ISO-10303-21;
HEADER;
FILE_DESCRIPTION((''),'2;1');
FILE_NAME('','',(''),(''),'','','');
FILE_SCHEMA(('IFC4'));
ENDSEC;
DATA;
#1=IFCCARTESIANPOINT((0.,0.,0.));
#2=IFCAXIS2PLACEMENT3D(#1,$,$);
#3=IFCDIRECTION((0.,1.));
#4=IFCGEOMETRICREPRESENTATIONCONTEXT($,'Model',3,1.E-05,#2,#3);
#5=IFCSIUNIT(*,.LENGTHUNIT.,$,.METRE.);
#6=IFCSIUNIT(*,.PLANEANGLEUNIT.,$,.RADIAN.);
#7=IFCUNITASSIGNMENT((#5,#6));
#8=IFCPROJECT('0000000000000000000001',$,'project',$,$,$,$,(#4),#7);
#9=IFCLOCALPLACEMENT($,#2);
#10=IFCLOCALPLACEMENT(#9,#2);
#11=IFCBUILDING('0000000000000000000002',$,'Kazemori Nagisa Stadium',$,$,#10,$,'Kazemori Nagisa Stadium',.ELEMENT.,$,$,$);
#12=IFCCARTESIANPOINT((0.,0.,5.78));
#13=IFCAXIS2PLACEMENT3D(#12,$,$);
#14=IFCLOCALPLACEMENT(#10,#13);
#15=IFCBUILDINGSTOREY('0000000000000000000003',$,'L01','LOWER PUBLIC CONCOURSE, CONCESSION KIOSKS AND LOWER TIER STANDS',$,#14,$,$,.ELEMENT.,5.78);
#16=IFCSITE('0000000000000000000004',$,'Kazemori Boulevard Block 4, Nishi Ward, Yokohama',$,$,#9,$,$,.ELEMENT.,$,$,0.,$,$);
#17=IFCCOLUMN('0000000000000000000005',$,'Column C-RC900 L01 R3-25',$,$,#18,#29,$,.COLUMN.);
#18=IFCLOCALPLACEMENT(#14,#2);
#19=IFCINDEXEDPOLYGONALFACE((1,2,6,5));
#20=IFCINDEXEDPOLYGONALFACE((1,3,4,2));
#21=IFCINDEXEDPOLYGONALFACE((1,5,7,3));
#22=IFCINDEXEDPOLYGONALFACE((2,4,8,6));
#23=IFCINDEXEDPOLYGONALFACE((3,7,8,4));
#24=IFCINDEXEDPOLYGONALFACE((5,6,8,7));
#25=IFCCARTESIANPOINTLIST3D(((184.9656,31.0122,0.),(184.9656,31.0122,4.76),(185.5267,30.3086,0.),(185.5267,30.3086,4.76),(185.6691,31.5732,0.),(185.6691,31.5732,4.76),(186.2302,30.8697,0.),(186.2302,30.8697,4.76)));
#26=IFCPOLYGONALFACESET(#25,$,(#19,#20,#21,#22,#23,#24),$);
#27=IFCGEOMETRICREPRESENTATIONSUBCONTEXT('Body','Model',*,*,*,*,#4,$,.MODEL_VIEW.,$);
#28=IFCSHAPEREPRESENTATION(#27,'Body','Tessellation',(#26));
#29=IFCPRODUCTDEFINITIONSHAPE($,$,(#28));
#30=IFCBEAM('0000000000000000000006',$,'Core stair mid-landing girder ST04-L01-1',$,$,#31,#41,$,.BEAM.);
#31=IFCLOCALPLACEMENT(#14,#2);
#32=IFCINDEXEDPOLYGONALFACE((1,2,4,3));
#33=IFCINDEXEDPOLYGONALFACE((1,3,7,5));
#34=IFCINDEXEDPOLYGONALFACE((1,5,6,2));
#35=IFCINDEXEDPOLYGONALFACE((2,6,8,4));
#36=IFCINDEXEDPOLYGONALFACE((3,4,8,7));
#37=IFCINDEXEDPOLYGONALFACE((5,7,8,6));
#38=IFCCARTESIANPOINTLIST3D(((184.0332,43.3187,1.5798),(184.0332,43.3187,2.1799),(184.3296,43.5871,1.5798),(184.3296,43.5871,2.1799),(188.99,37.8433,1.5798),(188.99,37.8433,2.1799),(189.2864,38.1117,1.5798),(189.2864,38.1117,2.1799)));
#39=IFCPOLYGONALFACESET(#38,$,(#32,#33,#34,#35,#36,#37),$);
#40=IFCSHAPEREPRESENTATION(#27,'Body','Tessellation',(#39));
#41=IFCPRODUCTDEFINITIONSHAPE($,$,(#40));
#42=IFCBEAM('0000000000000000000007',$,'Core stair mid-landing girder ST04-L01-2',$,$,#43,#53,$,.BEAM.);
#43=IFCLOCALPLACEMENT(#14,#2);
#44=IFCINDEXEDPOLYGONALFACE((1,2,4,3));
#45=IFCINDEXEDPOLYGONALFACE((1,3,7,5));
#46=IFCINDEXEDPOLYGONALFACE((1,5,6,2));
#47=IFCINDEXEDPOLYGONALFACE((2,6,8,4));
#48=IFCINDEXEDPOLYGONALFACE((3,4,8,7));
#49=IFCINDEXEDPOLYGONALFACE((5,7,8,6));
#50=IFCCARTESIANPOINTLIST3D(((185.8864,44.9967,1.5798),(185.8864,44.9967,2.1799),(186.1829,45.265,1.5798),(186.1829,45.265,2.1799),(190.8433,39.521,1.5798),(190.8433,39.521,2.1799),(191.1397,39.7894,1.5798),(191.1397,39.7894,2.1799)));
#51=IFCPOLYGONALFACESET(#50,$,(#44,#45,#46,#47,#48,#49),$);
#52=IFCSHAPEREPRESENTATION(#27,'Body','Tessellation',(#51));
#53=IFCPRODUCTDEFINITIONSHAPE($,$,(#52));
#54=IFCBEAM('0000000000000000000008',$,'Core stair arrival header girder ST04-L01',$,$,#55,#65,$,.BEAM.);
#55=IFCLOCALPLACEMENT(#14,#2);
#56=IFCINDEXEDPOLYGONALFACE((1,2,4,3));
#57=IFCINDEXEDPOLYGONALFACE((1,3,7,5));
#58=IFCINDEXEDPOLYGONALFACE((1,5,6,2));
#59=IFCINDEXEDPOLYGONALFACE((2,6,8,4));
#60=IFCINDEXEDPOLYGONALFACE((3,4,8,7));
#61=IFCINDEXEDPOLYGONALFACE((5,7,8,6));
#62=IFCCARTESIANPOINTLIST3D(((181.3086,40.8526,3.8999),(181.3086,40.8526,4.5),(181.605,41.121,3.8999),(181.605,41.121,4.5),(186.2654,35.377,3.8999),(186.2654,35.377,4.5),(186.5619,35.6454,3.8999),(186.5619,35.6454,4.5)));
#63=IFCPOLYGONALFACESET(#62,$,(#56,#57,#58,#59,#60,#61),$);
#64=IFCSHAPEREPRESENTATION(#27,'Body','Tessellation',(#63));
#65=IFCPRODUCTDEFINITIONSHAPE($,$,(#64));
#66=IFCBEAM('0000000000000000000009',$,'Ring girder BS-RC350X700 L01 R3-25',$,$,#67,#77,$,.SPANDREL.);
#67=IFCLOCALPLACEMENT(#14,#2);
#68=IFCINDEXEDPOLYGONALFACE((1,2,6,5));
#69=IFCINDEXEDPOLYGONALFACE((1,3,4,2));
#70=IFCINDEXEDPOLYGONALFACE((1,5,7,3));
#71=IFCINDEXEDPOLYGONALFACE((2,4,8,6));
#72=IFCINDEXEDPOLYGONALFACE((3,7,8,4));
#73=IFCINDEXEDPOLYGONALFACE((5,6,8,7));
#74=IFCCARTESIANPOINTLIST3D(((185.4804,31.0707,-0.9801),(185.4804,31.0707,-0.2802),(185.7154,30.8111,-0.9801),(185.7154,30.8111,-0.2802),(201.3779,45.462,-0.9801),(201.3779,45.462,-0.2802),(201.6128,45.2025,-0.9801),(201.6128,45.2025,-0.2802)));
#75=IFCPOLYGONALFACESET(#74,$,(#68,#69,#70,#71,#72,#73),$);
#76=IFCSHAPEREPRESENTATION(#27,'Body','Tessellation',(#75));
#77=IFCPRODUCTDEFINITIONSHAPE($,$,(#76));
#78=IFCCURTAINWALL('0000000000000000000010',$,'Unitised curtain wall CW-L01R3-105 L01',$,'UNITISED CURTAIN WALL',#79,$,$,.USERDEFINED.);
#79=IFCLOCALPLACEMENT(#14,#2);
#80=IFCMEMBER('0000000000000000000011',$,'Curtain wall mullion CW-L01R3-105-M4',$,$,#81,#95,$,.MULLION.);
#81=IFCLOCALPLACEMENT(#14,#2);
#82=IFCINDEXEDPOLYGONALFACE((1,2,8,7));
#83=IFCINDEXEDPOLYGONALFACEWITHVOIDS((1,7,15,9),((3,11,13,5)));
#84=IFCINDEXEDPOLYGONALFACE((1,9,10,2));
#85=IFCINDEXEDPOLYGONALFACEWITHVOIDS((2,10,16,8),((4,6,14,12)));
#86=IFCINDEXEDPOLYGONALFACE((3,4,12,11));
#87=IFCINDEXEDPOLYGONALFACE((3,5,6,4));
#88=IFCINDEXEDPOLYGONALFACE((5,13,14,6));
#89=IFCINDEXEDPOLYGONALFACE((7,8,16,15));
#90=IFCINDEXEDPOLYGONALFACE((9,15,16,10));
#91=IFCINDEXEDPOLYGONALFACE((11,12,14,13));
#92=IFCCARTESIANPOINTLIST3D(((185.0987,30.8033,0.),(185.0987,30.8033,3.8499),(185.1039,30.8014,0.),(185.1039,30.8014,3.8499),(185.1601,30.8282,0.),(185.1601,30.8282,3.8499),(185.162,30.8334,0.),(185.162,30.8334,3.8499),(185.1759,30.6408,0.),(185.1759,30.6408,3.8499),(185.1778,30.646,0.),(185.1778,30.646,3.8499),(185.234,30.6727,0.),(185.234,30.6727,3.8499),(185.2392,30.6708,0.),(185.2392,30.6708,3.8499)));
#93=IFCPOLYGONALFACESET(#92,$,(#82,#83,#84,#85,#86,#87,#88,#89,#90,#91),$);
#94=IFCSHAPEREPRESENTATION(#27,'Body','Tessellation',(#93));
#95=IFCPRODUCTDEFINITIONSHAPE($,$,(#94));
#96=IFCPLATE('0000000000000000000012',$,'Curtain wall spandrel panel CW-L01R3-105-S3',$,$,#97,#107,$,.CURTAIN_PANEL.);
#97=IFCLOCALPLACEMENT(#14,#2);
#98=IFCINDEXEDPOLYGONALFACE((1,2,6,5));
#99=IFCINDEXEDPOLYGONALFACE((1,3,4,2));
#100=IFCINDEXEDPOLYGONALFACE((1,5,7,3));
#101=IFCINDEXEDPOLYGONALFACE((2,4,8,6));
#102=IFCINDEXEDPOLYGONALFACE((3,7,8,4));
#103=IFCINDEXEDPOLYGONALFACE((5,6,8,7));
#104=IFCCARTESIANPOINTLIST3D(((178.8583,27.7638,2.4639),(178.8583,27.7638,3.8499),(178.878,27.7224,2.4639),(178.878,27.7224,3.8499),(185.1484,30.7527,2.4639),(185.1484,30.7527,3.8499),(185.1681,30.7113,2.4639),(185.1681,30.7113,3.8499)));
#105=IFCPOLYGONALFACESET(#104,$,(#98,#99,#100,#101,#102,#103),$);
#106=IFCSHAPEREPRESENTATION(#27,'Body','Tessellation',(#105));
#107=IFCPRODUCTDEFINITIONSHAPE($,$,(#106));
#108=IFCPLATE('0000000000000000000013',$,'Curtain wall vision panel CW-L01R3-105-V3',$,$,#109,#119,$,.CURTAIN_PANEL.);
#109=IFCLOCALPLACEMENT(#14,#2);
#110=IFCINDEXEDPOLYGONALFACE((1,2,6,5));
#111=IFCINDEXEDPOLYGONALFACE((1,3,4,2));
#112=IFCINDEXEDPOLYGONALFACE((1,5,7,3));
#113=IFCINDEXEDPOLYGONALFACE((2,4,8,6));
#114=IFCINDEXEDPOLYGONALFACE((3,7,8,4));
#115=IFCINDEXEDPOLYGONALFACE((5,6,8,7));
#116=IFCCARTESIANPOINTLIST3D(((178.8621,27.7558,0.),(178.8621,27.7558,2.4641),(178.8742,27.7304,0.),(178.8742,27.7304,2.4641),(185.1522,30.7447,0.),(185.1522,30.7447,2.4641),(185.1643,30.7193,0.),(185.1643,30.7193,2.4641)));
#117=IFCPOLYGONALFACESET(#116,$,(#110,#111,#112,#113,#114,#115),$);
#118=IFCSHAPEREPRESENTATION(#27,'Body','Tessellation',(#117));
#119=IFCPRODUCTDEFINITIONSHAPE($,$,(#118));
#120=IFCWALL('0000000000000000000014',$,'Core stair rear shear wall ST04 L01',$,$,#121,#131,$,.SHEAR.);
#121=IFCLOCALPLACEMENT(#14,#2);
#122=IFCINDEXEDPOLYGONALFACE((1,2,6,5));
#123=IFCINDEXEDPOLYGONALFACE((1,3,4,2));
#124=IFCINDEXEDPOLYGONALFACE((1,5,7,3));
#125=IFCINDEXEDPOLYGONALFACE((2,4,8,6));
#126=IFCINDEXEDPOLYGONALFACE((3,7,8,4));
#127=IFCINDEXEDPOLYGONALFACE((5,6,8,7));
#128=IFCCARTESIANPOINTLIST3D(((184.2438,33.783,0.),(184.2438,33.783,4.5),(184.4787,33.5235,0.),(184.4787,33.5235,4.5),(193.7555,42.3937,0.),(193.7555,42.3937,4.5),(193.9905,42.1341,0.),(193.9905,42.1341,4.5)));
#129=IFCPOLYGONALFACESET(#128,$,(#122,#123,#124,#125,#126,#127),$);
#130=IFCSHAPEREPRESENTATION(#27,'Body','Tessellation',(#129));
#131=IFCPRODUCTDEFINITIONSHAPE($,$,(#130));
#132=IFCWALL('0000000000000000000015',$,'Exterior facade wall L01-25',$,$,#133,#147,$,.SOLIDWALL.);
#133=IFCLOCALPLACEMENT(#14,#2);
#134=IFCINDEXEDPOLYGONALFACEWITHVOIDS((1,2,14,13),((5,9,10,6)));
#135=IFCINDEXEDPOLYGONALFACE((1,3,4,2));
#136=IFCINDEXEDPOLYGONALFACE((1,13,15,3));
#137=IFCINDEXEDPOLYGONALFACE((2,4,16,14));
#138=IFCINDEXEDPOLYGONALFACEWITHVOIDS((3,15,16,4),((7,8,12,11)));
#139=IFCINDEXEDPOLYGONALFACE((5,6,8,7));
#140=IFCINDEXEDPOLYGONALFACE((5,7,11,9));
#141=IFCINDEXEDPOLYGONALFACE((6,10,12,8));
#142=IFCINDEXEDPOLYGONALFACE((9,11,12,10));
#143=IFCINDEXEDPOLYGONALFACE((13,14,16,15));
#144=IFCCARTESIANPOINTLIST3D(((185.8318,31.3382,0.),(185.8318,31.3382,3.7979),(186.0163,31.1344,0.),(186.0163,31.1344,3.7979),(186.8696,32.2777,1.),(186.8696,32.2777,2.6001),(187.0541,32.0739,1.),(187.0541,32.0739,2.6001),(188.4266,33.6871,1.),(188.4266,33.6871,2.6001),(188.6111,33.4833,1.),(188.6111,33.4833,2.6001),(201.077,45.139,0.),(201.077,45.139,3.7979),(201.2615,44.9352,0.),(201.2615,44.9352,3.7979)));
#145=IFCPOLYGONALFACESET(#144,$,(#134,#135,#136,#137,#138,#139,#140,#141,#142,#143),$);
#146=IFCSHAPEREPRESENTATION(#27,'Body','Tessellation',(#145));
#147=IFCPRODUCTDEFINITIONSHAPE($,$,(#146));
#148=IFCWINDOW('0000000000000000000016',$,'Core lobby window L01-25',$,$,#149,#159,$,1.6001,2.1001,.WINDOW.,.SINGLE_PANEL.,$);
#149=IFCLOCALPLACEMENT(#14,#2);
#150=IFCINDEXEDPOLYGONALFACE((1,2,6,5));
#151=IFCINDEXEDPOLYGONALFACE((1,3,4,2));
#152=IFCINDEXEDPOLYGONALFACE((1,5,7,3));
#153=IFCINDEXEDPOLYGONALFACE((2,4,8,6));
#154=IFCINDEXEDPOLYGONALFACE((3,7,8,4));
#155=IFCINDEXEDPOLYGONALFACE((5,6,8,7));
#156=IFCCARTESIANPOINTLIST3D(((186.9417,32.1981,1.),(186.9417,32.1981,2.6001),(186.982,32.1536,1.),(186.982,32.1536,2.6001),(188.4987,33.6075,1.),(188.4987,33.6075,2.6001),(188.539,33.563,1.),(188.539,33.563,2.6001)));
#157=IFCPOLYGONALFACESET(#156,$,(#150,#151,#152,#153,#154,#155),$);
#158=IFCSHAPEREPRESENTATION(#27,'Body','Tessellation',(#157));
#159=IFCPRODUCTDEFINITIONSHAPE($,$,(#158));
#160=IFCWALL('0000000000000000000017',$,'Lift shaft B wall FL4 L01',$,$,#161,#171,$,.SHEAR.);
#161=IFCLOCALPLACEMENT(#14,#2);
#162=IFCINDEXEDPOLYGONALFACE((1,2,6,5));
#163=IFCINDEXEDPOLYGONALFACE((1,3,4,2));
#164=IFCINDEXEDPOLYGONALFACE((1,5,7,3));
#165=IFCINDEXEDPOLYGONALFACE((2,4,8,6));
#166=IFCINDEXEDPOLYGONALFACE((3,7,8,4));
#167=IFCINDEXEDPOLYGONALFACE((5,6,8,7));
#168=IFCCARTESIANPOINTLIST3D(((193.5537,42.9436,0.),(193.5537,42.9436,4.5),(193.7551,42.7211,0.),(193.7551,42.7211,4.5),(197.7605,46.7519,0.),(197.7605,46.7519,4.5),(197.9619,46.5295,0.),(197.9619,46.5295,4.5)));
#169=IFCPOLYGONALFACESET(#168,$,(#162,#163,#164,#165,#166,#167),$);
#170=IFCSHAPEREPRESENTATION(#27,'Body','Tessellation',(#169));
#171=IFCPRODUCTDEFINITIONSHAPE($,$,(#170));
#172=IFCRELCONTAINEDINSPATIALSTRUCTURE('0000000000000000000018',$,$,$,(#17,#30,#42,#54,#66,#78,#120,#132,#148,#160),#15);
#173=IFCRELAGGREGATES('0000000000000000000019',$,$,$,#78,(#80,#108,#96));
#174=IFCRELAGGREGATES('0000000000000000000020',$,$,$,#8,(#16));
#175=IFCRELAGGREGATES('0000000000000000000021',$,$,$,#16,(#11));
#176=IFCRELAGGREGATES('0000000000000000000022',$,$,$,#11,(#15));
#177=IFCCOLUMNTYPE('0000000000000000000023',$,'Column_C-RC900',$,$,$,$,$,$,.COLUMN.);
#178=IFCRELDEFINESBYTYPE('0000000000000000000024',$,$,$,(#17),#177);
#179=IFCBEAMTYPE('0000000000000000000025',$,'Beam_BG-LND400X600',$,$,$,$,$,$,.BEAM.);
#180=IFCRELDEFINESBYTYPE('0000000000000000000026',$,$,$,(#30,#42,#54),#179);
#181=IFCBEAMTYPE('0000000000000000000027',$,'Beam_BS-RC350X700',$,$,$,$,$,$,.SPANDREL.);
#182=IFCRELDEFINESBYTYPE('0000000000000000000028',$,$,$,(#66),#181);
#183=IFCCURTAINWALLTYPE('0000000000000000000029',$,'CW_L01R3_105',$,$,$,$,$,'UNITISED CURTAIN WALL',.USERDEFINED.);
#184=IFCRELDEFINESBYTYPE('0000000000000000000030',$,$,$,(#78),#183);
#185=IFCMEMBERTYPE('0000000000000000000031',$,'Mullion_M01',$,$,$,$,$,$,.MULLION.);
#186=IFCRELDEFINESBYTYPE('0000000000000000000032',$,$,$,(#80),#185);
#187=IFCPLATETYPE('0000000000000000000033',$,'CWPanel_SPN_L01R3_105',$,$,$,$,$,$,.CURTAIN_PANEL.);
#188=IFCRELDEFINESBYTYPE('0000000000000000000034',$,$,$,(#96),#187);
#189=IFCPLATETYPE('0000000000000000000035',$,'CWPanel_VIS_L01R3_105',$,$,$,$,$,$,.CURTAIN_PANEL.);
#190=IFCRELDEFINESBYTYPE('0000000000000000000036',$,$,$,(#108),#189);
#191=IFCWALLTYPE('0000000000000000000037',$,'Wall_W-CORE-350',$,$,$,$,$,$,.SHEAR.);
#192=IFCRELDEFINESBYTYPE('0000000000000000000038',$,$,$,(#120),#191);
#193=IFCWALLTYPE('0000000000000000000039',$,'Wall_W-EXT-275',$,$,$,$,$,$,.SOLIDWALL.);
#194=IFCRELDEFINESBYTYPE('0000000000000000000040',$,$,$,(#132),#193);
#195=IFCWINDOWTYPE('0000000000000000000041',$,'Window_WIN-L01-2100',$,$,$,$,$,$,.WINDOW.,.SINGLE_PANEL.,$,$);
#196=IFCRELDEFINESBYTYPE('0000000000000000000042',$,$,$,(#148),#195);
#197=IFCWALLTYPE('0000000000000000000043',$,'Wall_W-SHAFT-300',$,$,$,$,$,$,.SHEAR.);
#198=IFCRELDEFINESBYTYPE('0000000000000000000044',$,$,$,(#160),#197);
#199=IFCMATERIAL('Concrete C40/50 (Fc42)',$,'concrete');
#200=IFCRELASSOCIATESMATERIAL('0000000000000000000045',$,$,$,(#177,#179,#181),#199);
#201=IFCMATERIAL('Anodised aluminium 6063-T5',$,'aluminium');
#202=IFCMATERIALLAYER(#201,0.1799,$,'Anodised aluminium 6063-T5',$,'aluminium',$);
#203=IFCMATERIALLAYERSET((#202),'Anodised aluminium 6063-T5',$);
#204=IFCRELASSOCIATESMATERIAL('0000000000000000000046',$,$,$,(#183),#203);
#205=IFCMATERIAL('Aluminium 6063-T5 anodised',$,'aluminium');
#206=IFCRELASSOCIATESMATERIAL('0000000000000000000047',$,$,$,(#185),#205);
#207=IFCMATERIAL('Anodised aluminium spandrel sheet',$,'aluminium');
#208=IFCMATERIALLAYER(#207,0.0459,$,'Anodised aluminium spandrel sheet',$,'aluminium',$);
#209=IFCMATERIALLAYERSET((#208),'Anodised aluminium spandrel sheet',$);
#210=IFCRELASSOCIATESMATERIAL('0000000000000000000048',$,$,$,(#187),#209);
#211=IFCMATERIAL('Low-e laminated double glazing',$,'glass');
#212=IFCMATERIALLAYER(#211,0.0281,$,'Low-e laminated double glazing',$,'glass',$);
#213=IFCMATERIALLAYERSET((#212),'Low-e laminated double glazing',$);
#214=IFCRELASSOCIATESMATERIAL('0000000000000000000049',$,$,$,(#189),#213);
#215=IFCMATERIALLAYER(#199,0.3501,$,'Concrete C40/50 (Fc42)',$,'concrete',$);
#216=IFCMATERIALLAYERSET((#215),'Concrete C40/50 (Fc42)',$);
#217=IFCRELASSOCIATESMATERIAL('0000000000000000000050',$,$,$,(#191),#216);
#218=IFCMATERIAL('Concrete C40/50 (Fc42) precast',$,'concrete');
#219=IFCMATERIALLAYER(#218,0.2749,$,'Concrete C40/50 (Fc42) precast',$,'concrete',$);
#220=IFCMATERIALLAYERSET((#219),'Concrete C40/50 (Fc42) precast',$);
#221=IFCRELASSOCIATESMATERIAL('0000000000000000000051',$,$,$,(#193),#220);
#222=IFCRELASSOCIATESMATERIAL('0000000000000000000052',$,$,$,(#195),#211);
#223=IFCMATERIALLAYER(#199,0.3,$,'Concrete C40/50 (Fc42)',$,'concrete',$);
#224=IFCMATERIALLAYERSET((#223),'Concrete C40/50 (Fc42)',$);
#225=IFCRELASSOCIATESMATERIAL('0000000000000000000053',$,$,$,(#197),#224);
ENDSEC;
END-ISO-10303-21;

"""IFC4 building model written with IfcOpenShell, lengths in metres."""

from ifc_helpers import new_model, si_unit, direction, frame, frame_2d, origin, origin_2d, place, context, subcontext, project, spatial, rectangle, hollow_rectangle, extrude, material, layer, layer_set, material_profile, profile_set, type_object, element, fill, aggregate, save


model = new_model("IFC4")

# Units and contexts
model_context = context("Model", 3, precision=1e-05, world=origin(), true_north=direction((0.0, 1.0)))
body_context = subcontext(model_context, "Body", "Model", "MODEL_VIEW")
ifc_project = project(units=[si_unit("LENGTHUNIT", "METRE"), si_unit("PLANEANGLEUNIT", "RADIAN")], contexts=[model_context])

# Site, building, storey
site_placement = place(None, origin())
site = spatial("IfcSite", under=ifc_project, at=site_placement, Name="Kazemori Boulevard Block 4, Nishi Ward, Yokohama", CompositionType="ELEMENT", RefElevation=0.0)
building_placement = place(site_placement, origin())
building = spatial("IfcBuilding", under=site, at=building_placement, Name="Kazemori Nagisa Stadium", LongName="Kazemori Nagisa Stadium", CompositionType="ELEMENT")
storey_placement = place(building_placement, frame((0.0, 0.0, 5.78)))
storey = spatial("IfcBuildingStorey", under=building, at=storey_placement, Name="L01", Description="LOWER PUBLIC CONCOURSE, CONCESSION KIOSKS AND LOWER TIER STANDS", CompositionType="ELEMENT", Elevation=5.78)

# Column
ifc_material_1 = material(Name="Concrete C40/50 (Fc42)", Category="concrete")
ifc_material_profile_1 = material_profile(ifc_material_1, rectangle(XDim=0.8999, YDim=0.8999, at=origin_2d()), Name="RC-COL-900x900")
ifc_profile_set_1 = profile_set([ifc_material_profile_1], Name="Concrete C40/50 (Fc42)")
column_type = type_object("IfcColumnType", Name="Column_C-RC900", PredefinedType="COLUMN", material=ifc_profile_set_1)
column_placement = place(storey_placement, frame((185.5979, 30.9409, 0.0), z_axis=(0.0, 0.0, 1.0), x_axis=(0.62349, -0.781831, 0.0)))
element("IfcColumn", 1, at=column_placement, inside=storey, type_object=column_type, Name="Column C-RC900 L01 R3-25", PredefinedType="COLUMN", context=body_context, shape_type="SweptSolid", body=[
    extrude(rectangle(XDim=0.8999, YDim=0.8999, at=origin_2d()), origin(), (0.0, 0.0, 1.0), 4.76),
])

# Beams
ifc_material_profile_2 = material_profile(ifc_material_1, rectangle(XDim=0.3999, YDim=0.6001, at=origin_2d()), Name="RC-BM-400x600")
ifc_profile_set_2 = profile_set([ifc_material_profile_2], Name="Concrete C40/50 (Fc42)")
beam_type_1 = type_object("IfcBeamType", Name="Beam_BG-LND400X600", PredefinedType="BEAM", material=ifc_profile_set_2)
beam_1_placement = place(storey_placement, frame((184.1814, 43.4529, 1.8799), z_axis=(0.67113, -0.74134, 0.0), x_axis=(0.74134, 0.67113, 0.0)))
element("IfcBeam", 2, at=beam_1_placement, inside=storey, type_object=beam_type_1, Name="Core stair mid-landing girder ST04-L01-1", PredefinedType="BEAM", context=body_context, shape_type="SweptSolid", body=[
    extrude(rectangle(XDim=0.3999, YDim=0.6001, at=origin_2d()), origin(), (0.0, 0.0, 1.0), 7.3857),
])
for number, where, z_axis, x_axis, name in (
    (3, (186.0347, 45.1309, 1.8799), (0.671113, -0.741355, 0.0), (0.741355, 0.671113, 0.0), "Core stair mid-landing girder ST04-L01-2"),
    (4, (181.4568, 40.9868, 4.2), (0.671113, -0.741355, 0.0), (0.741355, 0.671113, 0.0), "Core stair arrival header girder ST04-L01"),
):
    element("IfcBeam", number, at=place(storey_placement, frame(where, z_axis=z_axis, x_axis=x_axis)), inside=storey, type_object=beam_type_1, Name=name, PredefinedType="BEAM", context=body_context, shape_type="SweptSolid", body=[
        extrude(rectangle(XDim=0.3999, YDim=0.6001, at=origin_2d()), origin(), (0.0, 0.0, 1.0), 7.386),
    ])
ifc_material_profile_3 = material_profile(ifc_material_1, rectangle(XDim=0.3501, YDim=0.7, at=origin_2d()), Name="RC-SP-350x700")
ifc_profile_set_3 = profile_set([ifc_material_profile_3], Name="Concrete C40/50 (Fc42)")
beam_type_2 = type_object("IfcBeamType", Name="Beam_BS-RC350X700", PredefinedType="SPANDREL", material=ifc_profile_set_3)
beam_2_placement = place(storey_placement, frame((185.5979, 30.9409, -0.6301), z_axis=(0.741352, 0.671117, 0.0), x_axis=(-0.671117, 0.741352, 0.0)))
element("IfcBeam", 5, at=beam_2_placement, inside=storey, type_object=beam_type_2, Name="Ring girder BS-RC350X700 L01 R3-25", PredefinedType="SPANDREL", context=body_context, shape_type="SweptSolid", body=[
    extrude(rectangle(XDim=0.3501, YDim=0.7, at=origin_2d()), origin(), (0.0, 0.0, 1.0), 21.4438),
])

# Curtain wall, member, plates
ifc_material_2 = material(Name="Anodised aluminium 6063-T5", Category="aluminium")
ifc_layer_1 = layer(ifc_material_2, 0.1799, Name="Anodised aluminium 6063-T5", Category="aluminium")
ifc_layer_set_1 = layer_set([ifc_layer_1], Name="Anodised aluminium 6063-T5")
curtain_wall_type = type_object("IfcCurtainWallType", Name="CW_L01R3_105", ElementType="UNITISED CURTAIN WALL", PredefinedType="USERDEFINED", material=ifc_layer_set_1)
curtain_wall_placement = place(storey_placement, origin())
curtain_wall = element("IfcCurtainWall", 6, at=curtain_wall_placement, inside=storey, type_object=curtain_wall_type, Name="Unitised curtain wall CW-L01R3-105 L01", ObjectType="UNITISED CURTAIN WALL", PredefinedType="USERDEFINED")
ifc_material_3 = material(Name="Aluminium 6063-T5 anodised", Category="aluminium")
ifc_material_profile_4 = material_profile(ifc_material_3, hollow_rectangle(XDim=0.0701, YDim=0.1799, WallThickness=0.0039, at=origin_2d()), Name="ALU-MULL-70x180x4")
ifc_profile_set_4 = profile_set([ifc_material_profile_4], Name="Aluminium 6063-T5 anodised")
member_type = type_object("IfcMemberType", Name="Mullion_M01", PredefinedType="MULLION", material=ifc_profile_set_4)
member_placement = place(storey_placement, frame((185.1689, 30.7371, 0.0), z_axis=(0.0, 0.0, 1.0), x_axis=(0.903216, 0.429186, 0.0)))
member = element("IfcMember", 7, at=member_placement, type_object=member_type, Name="Curtain wall mullion CW-L01R3-105-M4", PredefinedType="MULLION", context=body_context, shape_type="SweptSolid", body=[
    extrude(hollow_rectangle(XDim=0.0701, YDim=0.1799, WallThickness=0.0039, at=origin_2d()), origin(), (0.0, 0.0, 1.0), 3.8499),
])
ifc_material_4 = material(Name="Anodised aluminium spandrel sheet", Category="aluminium")
ifc_layer_2 = layer(ifc_material_4, 0.0459, Name="Anodised aluminium spandrel sheet", Category="aluminium")
ifc_layer_set_2 = layer_set([ifc_layer_2], Name="Anodised aluminium spandrel sheet")
plate_type_1 = type_object("IfcPlateType", Name="CWPanel_SPN_L01R3_105", PredefinedType="CURTAIN_PANEL", material=ifc_layer_set_2)
plate_1_placement = place(storey_placement, frame((182.0132, 29.2375, 2.4639), z_axis=(0.0, 0.0, 1.0), x_axis=(0.903216, 0.429186, 0.0)))
plate_1 = element("IfcPlate", 8, at=plate_1_placement, type_object=plate_type_1, Name="Curtain wall spandrel panel CW-L01R3-105-S3", PredefinedType="CURTAIN_PANEL", context=body_context, shape_type="SweptSolid", body=[
    extrude(rectangle(XDim=6.9641, YDim=0.0459, at=origin_2d()), origin(), (0.0, 0.0, 1.0), 1.386),
])
ifc_material_5 = material(Name="Low-e laminated double glazing", Category="glass")
ifc_layer_3 = layer(ifc_material_5, 0.0281, Name="Low-e laminated double glazing", Category="glass")
ifc_layer_set_3 = layer_set([ifc_layer_3], Name="Low-e laminated double glazing")
plate_type_2 = type_object("IfcPlateType", Name="CWPanel_VIS_L01R3_105", PredefinedType="CURTAIN_PANEL", material=ifc_layer_set_3)
plate_2_placement = place(storey_placement, frame((182.0132, 29.2375, 0.0), z_axis=(0.0, 0.0, 1.0), x_axis=(0.903216, 0.429186, 0.0)))
plate_2 = element("IfcPlate", 9, at=plate_2_placement, type_object=plate_type_2, Name="Curtain wall vision panel CW-L01R3-105-V3", PredefinedType="CURTAIN_PANEL", context=body_context, shape_type="SweptSolid", body=[
    extrude(rectangle(XDim=6.9641, YDim=0.0281, at=origin_2d()), origin(), (0.0, 0.0, 1.0), 2.4641),
])
aggregate(curtain_wall, [member, plate_2, plate_1])

# Wall
ifc_layer_4 = layer(ifc_material_1, 0.3501, Name="Concrete C40/50 (Fc42)", Category="concrete")
ifc_layer_set_4 = layer_set([ifc_layer_4], Name="Concrete C40/50 (Fc42)")
wall_type_1 = type_object("IfcWallType", Name="Wall_W-CORE-350", PredefinedType="SHEAR", material=ifc_layer_set_4)
wall_1_placement = place(storey_placement, frame((184.3613, 33.6533, 0.0), z_axis=(0.0, 0.0, 1.0), x_axis=(0.741351, 0.671117, 0.0)))
element("IfcWall", 10, at=wall_1_placement, inside=storey, type_object=wall_type_1, Name="Core stair rear shear wall ST04 L01", PredefinedType="SHEAR", context=body_context, shape_type="SweptSolid", body=[
    extrude(rectangle(XDim=12.8303, YDim=0.3501, at=frame_2d((6.415, 0.0))), origin(), (0.0, 0.0, 1.0), 4.5),
])

# Wall, opening, window
ifc_material_6 = material(Name="Concrete C40/50 (Fc42) precast", Category="concrete")
ifc_layer_5 = layer(ifc_material_6, 0.2749, Name="Concrete C40/50 (Fc42) precast", Category="concrete")
ifc_layer_set_5 = layer_set([ifc_layer_5], Name="Concrete C40/50 (Fc42) precast")
wall_type_2 = type_object("IfcWallType", Name="Wall_W-EXT-275", PredefinedType="SOLIDWALL", material=ifc_layer_set_5)
wall_2_placement = place(storey_placement, frame((185.9241, 31.2363, 0.0), z_axis=(0.0, 0.0, 1.0), x_axis=(0.741352, 0.671116, 0.0)))
wall_2 = element("IfcWall", 11, at=wall_2_placement, inside=storey, type_object=wall_type_2, Name="Exterior facade wall L01-25", PredefinedType="SOLIDWALL", context=body_context, shape_type="SweptSolid", body=[
    extrude(rectangle(XDim=20.564, YDim=0.2749, at=frame_2d((10.282, 0.0))), origin(), (0.0, 0.0, 1.0), 3.7979),
])
opening_placement = place(wall_2_placement, frame((1.3999, 0.0, 1.0)))
opening = element("IfcOpeningElement", 12, at=opening_placement, cuts=wall_2, PredefinedType="OPENING", context=body_context, shape_type="SweptSolid", body=[
    extrude(rectangle(XDim=2.1001, YDim=1.6001, at=frame_2d((1.05, 0.8))), frame((0.0, 0.1475, 0.0), z_axis=(0.0, -1.0, 0.0), x_axis=(1.0, 0.0, 0.0)), (0.0, 0.0, 1.0), 0.2949),
])
window_type = type_object("IfcWindowType", Name="Window_WIN-L01-2100", PartitioningType="SINGLE_PANEL", PredefinedType="WINDOW", material=ifc_material_5)
window_placement = place(opening_placement, origin())
window = element("IfcWindow", 13, at=window_placement, inside=storey, type_object=window_type, Name="Core lobby window L01-25", OverallHeight=1.6001, OverallWidth=2.1001, PartitioningType="SINGLE_PANEL", PredefinedType="WINDOW", context=body_context, shape_type="SweptSolid", body=[
    extrude(rectangle(XDim=2.1001, YDim=1.6001, at=frame_2d((1.05, 0.8))), frame((0.0, 0.03, 0.0), z_axis=(0.0, -1.0, 0.0), x_axis=(1.0, 0.0, 0.0)), (0.0, 0.0, 1.0), 0.0601),
])
fill(opening, window)

# Wall
ifc_layer_6 = layer(ifc_material_1, 0.3, Name="Concrete C40/50 (Fc42)", Category="concrete")
ifc_layer_set_6 = layer_set([ifc_layer_6], Name="Concrete C40/50 (Fc42)")
wall_type_3 = type_object("IfcWallType", Name="Wall_W-SHAFT-300", PredefinedType="SHEAR", material=ifc_layer_set_6)
wall_3_placement = place(storey_placement, frame((193.6543, 42.8323, 0.0), z_axis=(0.0, 0.0, 1.0), x_axis=(0.741342, 0.671127, 0.0)))
element("IfcWall", 14, at=wall_3_placement, inside=storey, type_object=wall_type_3, Name="Lift shaft B wall FL4 L01", PredefinedType="SHEAR", context=body_context, shape_type="SweptSolid", body=[
    extrude(rectangle(XDim=5.6746, YDim=0.3, at=frame_2d((2.8374, 0.0))), origin(), (0.0, 0.0, 1.0), 4.5),
])

save(model, "model.ifc")
